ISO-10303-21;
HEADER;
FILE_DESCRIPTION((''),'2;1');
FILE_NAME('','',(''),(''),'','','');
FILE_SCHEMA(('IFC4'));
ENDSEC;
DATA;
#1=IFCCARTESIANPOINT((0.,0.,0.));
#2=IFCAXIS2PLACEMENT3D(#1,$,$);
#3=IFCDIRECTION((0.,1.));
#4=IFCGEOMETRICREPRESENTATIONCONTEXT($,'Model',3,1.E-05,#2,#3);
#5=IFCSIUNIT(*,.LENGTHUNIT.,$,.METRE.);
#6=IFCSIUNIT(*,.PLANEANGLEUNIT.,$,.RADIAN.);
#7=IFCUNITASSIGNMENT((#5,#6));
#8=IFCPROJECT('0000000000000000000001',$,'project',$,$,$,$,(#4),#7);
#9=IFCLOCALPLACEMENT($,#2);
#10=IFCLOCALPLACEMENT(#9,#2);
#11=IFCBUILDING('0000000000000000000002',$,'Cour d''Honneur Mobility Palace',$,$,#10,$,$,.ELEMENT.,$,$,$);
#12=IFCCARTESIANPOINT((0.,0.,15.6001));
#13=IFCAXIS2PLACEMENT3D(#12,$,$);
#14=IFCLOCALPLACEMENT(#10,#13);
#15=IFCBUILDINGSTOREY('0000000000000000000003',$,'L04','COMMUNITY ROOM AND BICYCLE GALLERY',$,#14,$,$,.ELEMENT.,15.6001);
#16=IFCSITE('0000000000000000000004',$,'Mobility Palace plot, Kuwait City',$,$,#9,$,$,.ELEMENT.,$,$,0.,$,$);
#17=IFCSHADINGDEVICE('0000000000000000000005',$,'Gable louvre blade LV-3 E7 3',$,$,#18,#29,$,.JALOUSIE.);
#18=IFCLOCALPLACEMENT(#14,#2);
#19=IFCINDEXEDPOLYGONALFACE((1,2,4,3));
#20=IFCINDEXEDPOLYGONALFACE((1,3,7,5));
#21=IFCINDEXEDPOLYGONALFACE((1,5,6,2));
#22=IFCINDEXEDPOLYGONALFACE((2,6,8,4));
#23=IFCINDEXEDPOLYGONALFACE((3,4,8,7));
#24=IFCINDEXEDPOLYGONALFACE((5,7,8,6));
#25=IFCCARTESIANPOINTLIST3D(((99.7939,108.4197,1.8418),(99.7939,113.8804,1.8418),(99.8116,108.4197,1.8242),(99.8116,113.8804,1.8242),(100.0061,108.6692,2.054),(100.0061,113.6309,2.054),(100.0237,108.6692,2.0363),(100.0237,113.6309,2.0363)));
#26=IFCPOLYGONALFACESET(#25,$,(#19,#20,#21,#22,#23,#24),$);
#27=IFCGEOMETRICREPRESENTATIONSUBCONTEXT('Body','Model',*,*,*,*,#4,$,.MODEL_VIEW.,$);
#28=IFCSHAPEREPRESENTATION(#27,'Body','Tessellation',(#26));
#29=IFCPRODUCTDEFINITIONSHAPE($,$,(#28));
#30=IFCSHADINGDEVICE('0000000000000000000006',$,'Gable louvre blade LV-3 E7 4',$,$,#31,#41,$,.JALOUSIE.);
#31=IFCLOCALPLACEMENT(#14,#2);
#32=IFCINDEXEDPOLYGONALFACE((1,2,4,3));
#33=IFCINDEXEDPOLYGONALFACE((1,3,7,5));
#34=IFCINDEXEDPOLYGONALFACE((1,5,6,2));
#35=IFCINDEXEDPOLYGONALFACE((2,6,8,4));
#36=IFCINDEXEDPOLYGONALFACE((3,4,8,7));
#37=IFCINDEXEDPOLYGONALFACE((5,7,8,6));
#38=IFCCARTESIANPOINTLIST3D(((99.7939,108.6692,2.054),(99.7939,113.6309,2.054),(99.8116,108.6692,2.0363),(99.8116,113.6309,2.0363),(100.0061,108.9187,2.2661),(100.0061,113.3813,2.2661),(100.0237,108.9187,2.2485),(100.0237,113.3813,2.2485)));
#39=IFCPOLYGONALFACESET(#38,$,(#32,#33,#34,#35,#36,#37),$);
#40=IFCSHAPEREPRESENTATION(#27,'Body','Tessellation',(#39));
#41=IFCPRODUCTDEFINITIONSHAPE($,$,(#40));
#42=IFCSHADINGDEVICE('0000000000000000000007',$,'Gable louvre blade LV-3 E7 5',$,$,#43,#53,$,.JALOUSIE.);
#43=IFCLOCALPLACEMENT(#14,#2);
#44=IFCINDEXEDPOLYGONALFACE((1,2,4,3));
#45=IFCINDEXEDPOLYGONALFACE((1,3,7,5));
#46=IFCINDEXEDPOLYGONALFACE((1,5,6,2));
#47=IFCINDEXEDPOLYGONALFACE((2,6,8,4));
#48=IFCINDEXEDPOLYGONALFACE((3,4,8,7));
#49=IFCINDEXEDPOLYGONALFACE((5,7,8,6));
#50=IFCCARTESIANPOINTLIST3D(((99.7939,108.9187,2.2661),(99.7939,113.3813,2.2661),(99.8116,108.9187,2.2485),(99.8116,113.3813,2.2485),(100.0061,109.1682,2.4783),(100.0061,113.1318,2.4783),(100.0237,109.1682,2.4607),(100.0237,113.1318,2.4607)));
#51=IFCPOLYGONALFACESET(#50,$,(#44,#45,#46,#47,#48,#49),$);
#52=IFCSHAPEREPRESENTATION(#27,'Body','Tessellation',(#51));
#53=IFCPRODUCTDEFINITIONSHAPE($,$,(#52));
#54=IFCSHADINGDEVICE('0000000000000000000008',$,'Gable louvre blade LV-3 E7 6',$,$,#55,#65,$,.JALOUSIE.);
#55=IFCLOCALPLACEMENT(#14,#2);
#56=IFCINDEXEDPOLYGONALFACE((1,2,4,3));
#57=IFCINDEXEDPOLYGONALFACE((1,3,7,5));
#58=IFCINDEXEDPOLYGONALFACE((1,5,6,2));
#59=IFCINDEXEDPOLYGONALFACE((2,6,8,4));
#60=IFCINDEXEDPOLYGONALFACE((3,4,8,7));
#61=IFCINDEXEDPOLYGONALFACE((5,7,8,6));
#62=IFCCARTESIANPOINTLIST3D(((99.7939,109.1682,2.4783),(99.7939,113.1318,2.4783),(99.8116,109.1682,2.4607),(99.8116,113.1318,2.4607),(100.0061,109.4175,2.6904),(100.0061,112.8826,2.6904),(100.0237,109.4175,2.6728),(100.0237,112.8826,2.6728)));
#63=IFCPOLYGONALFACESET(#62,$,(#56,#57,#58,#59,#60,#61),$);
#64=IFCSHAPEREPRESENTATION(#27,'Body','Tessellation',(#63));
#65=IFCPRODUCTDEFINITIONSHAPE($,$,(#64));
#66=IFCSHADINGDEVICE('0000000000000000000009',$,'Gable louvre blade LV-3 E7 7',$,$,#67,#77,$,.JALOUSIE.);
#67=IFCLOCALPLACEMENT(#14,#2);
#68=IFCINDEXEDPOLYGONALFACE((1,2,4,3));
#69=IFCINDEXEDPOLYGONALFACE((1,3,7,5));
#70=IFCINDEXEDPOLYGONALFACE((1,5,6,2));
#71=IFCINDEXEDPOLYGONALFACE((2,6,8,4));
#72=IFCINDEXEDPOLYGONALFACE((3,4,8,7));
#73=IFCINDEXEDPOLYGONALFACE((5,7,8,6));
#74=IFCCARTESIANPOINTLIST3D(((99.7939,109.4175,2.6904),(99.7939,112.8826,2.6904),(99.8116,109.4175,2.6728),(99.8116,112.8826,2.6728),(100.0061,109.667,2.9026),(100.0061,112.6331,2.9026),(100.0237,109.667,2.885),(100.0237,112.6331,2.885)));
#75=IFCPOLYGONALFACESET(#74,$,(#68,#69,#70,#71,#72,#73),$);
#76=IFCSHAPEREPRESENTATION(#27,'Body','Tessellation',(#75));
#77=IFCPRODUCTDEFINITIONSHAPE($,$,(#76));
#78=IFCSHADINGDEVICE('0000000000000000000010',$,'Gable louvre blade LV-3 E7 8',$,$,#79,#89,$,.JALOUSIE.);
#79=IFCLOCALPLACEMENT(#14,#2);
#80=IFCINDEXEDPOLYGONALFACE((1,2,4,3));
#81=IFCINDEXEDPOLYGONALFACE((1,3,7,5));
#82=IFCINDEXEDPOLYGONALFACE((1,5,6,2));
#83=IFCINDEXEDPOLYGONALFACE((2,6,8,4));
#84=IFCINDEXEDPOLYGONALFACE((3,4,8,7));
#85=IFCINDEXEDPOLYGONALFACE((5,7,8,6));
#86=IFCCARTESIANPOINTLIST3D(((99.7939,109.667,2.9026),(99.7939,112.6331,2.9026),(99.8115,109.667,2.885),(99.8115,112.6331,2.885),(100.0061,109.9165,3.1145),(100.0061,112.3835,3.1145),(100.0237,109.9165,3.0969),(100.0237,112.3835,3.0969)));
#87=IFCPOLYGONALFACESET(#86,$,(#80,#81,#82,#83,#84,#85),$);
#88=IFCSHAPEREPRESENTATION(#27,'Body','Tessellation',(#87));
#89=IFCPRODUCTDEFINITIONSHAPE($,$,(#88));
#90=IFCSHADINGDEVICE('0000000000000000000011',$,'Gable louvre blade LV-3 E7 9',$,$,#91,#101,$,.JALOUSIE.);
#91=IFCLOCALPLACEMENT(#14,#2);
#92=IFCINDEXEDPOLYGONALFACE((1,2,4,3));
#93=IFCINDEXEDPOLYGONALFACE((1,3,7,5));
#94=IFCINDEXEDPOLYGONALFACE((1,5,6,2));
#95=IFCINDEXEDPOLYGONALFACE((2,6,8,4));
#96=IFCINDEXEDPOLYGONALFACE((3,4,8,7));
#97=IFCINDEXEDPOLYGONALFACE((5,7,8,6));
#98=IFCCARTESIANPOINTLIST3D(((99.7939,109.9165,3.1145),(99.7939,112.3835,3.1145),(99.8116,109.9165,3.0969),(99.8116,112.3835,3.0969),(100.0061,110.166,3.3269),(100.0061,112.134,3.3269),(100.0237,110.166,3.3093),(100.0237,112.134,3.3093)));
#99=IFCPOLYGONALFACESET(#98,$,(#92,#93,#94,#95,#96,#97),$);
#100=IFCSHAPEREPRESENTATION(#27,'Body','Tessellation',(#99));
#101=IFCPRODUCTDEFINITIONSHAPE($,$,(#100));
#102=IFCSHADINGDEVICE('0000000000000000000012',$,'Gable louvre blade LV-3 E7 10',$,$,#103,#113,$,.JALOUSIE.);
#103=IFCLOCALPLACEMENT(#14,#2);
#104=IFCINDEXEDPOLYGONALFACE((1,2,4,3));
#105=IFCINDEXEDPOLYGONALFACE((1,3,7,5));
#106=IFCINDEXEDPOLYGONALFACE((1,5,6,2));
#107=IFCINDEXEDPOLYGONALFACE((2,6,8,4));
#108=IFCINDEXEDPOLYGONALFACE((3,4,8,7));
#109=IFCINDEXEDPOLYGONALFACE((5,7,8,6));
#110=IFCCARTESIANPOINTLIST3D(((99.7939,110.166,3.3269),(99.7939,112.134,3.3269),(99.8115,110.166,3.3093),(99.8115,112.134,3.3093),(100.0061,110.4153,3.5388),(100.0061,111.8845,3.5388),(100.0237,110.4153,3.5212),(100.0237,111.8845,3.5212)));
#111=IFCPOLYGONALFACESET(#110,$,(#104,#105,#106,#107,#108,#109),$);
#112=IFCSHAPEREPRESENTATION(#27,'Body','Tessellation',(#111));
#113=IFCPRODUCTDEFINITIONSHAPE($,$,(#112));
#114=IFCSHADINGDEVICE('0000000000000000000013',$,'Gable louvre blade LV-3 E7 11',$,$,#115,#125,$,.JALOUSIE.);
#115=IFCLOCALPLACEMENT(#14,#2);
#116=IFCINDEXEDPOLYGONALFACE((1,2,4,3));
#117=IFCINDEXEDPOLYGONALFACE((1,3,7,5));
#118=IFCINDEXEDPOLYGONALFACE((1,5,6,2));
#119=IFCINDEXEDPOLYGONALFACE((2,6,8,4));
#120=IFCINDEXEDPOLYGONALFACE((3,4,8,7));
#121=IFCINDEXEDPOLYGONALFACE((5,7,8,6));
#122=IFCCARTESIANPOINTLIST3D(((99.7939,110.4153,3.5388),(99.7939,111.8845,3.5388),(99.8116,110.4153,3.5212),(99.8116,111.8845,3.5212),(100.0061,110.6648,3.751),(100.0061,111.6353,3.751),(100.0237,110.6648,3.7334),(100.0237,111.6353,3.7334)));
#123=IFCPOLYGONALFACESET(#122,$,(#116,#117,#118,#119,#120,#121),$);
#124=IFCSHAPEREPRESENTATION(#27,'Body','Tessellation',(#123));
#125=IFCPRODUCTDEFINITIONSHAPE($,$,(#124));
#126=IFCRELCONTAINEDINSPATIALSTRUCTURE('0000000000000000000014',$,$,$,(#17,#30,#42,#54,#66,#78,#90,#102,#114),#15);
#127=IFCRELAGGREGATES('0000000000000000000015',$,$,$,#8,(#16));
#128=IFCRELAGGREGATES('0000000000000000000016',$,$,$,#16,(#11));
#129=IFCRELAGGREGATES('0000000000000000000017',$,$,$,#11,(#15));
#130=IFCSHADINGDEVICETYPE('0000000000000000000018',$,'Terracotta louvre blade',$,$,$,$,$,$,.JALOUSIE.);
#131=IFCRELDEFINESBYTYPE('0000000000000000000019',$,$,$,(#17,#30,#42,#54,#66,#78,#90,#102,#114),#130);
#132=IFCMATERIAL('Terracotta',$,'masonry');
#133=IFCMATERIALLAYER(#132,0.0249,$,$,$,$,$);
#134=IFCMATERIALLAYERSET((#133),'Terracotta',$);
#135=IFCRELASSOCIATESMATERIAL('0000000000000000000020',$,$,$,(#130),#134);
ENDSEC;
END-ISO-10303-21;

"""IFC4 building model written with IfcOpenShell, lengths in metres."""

from ifc_helpers import new_model, si_unit, direction, frame, origin, place, context, subcontext, project, spatial, polyline, outline, extrude, material, layer, layer_set, type_object, element, save


model = new_model("IFC4")

# Units and contexts
model_context = context("Model", 3, precision=1e-05, world=origin(), true_north=direction((0.0, 1.0)))
body_context = subcontext(model_context, "Body", "Model", "MODEL_VIEW")
ifc_project = project(units=[si_unit("LENGTHUNIT", "METRE"), si_unit("PLANEANGLEUNIT", "RADIAN")], contexts=[model_context])

# Site, building, storey
site_placement = place(None, origin())
site = spatial("IfcSite", under=ifc_project, at=site_placement, Name="Mobility Palace plot, Kuwait City", CompositionType="ELEMENT", RefElevation=0.0)
building_placement = place(site_placement, origin())
building = spatial("IfcBuilding", under=site, at=building_placement, Name="Cour d'Honneur Mobility Palace", CompositionType="ELEMENT")
storey_placement = place(building_placement, frame((0.0, 0.0, 15.6001)))
storey = spatial("IfcBuildingStorey", under=building, at=storey_placement, Name="L04", Description="COMMUNITY ROOM AND BICYCLE GALLERY", CompositionType="ELEMENT", Elevation=15.6001)

# Shading devices
ifc_material_1 = material(Name="Terracotta", Category="masonry")
ifc_layer_1 = layer(ifc_material_1, 0.0249)
ifc_layer_set_1 = layer_set([ifc_layer_1], Name="Terracotta")
shading_device_type = type_object("IfcShadingDeviceType", Name="Terracotta louvre blade", PredefinedType="JALOUSIE", material=ifc_layer_set_1)
shading_device_1_placement = place(storey_placement, frame((99.7939, 108.4197, 1.8418), z_axis=(-0.707107, 0.0, 0.707107), x_axis=(0.0, 1.0, 0.0)))
element("IfcShadingDevice", 1, at=shading_device_1_placement, inside=storey, type_object=shading_device_type, Name="Gable louvre blade LV-3 E7 3", PredefinedType="JALOUSIE", context=body_context, shape_type="SweptSolid", body=[
    extrude(outline(polyline([(0.0, 0.0), (5.4607, 0.0), (5.2112, -0.3), (0.2495, -0.3), (0.0, 0.0)])), origin(), (0.0, 0.0, -1.0), 0.0249),
])
shading_device_2_placement = place(storey_placement, frame((99.7939, 108.6692, 2.054), z_axis=(-0.707107, 0.0, 0.707107), x_axis=(0.0, 1.0, 0.0)))
element("IfcShadingDevice", 2, at=shading_device_2_placement, inside=storey, type_object=shading_device_type, Name="Gable louvre blade LV-3 E7 4", PredefinedType="JALOUSIE", context=body_context, shape_type="SweptSolid", body=[
    extrude(outline(polyline([(0.0, 0.0), (4.9617, 0.0), (4.7122, -0.3), (0.2495, -0.3), (0.0, 0.0)])), origin(), (0.0, 0.0, -1.0), 0.0249),
])
shading_device_3_placement = place(storey_placement, frame((99.7939, 108.9187, 2.2661), z_axis=(-0.707107, 0.0, 0.707107), x_axis=(0.0, 1.0, 0.0)))
element("IfcShadingDevice", 3, at=shading_device_3_placement, inside=storey, type_object=shading_device_type, Name="Gable louvre blade LV-3 E7 5", PredefinedType="JALOUSIE", context=body_context, shape_type="SweptSolid", body=[
    extrude(outline(polyline([(0.0, 0.0), (4.4626, 0.0), (4.2131, -0.3), (0.2495, -0.3), (0.0, 0.0)])), origin(), (0.0, 0.0, -1.0), 0.0249),
])
shading_device_4_placement = place(storey_placement, frame((99.7939, 109.1682, 2.4783), z_axis=(-0.707107, 0.0, 0.707107), x_axis=(0.0, 1.0, 0.0)))
element("IfcShadingDevice", 4, at=shading_device_4_placement, inside=storey, type_object=shading_device_type, Name="Gable louvre blade LV-3 E7 6", PredefinedType="JALOUSIE", context=body_context, shape_type="SweptSolid", body=[
    extrude(outline(polyline([(0.0, 0.0), (3.9636, 0.0), (3.7144, -0.3), (0.2493, -0.3), (0.0, 0.0)])), origin(), (0.0, 0.0, -1.0), 0.0249),
])
shading_device_5_placement = place(storey_placement, frame((99.7939, 109.4175, 2.6904), z_axis=(-0.707107, 0.0, 0.707107), x_axis=(0.0, 1.0, 0.0)))
element("IfcShadingDevice", 5, at=shading_device_5_placement, inside=storey, type_object=shading_device_type, Name="Gable louvre blade LV-3 E7 7", PredefinedType="JALOUSIE", context=body_context, shape_type="SweptSolid", body=[
    extrude(outline(polyline([(0.0, 0.0), (3.4651, 0.0), (3.2156, -0.3), (0.2495, -0.3), (0.0, 0.0)])), origin(), (0.0, 0.0, -1.0), 0.0249),
])
shading_device_6_placement = place(storey_placement, frame((99.7939, 109.667, 2.9026), z_axis=(-0.7067, 0.0, 0.707514), x_axis=(0.0, 1.0, 0.0)))
element("IfcShadingDevice", 6, at=shading_device_6_placement, inside=storey, type_object=shading_device_type, Name="Gable louvre blade LV-3 E7 8", PredefinedType="JALOUSIE", context=body_context, shape_type="SweptSolid", body=[
    extrude(outline(polyline([(0.0, 0.0), (2.9661, 0.0), (2.7166, -0.2999), (0.2495, -0.2999), (0.0, 0.0)])), origin(), (0.0, 0.0, -1.0), 0.0249),
])
shading_device_7_placement = place(storey_placement, frame((99.7939, 109.9165, 3.1145), z_axis=(-0.707513, 0.0, 0.7067), x_axis=(0.0, 1.0, 0.0)))
element("IfcShadingDevice", 7, at=shading_device_7_placement, inside=storey, type_object=shading_device_type, Name="Gable louvre blade LV-3 E7 9", PredefinedType="JALOUSIE", context=body_context, shape_type="SweptSolid", body=[
    extrude(outline(polyline([(0.0, 0.0), (2.467, 0.0), (2.2175, -0.3002), (0.2495, -0.3002), (0.0, 0.0)])), origin(), (0.0, 0.0, -1.0), 0.0249),
])
shading_device_8_placement = place(storey_placement, frame((99.7939, 110.166, 3.3269), z_axis=(-0.7067, 0.0, 0.707514), x_axis=(0.0, 1.0, 0.0)))
element("IfcShadingDevice", 8, at=shading_device_8_placement, inside=storey, type_object=shading_device_type, Name="Gable louvre blade LV-3 E7 10", PredefinedType="JALOUSIE", context=body_context, shape_type="SweptSolid", body=[
    extrude(outline(polyline([(0.0, 0.0), (1.968, 0.0), (1.7185, -0.2999), (0.2493, -0.2999), (0.0, 0.0)])), origin(), (0.0, 0.0, -1.0), 0.0249),
])
shading_device_9_placement = place(storey_placement, frame((99.7939, 110.4153, 3.5388), z_axis=(-0.707107, 0.0, 0.707107), x_axis=(0.0, 1.0, 0.0)))
element("IfcShadingDevice", 9, at=shading_device_9_placement, inside=storey, type_object=shading_device_type, Name="Gable louvre blade LV-3 E7 11", PredefinedType="JALOUSIE", context=body_context, shape_type="SweptSolid", body=[
    extrude(outline(polyline([(0.0, 0.0), (1.4692, 0.0), (1.22, -0.3), (0.2495, -0.3), (0.0, 0.0)])), origin(), (0.0, 0.0, -1.0), 0.0249),
])

save(model, "model.ifc")
